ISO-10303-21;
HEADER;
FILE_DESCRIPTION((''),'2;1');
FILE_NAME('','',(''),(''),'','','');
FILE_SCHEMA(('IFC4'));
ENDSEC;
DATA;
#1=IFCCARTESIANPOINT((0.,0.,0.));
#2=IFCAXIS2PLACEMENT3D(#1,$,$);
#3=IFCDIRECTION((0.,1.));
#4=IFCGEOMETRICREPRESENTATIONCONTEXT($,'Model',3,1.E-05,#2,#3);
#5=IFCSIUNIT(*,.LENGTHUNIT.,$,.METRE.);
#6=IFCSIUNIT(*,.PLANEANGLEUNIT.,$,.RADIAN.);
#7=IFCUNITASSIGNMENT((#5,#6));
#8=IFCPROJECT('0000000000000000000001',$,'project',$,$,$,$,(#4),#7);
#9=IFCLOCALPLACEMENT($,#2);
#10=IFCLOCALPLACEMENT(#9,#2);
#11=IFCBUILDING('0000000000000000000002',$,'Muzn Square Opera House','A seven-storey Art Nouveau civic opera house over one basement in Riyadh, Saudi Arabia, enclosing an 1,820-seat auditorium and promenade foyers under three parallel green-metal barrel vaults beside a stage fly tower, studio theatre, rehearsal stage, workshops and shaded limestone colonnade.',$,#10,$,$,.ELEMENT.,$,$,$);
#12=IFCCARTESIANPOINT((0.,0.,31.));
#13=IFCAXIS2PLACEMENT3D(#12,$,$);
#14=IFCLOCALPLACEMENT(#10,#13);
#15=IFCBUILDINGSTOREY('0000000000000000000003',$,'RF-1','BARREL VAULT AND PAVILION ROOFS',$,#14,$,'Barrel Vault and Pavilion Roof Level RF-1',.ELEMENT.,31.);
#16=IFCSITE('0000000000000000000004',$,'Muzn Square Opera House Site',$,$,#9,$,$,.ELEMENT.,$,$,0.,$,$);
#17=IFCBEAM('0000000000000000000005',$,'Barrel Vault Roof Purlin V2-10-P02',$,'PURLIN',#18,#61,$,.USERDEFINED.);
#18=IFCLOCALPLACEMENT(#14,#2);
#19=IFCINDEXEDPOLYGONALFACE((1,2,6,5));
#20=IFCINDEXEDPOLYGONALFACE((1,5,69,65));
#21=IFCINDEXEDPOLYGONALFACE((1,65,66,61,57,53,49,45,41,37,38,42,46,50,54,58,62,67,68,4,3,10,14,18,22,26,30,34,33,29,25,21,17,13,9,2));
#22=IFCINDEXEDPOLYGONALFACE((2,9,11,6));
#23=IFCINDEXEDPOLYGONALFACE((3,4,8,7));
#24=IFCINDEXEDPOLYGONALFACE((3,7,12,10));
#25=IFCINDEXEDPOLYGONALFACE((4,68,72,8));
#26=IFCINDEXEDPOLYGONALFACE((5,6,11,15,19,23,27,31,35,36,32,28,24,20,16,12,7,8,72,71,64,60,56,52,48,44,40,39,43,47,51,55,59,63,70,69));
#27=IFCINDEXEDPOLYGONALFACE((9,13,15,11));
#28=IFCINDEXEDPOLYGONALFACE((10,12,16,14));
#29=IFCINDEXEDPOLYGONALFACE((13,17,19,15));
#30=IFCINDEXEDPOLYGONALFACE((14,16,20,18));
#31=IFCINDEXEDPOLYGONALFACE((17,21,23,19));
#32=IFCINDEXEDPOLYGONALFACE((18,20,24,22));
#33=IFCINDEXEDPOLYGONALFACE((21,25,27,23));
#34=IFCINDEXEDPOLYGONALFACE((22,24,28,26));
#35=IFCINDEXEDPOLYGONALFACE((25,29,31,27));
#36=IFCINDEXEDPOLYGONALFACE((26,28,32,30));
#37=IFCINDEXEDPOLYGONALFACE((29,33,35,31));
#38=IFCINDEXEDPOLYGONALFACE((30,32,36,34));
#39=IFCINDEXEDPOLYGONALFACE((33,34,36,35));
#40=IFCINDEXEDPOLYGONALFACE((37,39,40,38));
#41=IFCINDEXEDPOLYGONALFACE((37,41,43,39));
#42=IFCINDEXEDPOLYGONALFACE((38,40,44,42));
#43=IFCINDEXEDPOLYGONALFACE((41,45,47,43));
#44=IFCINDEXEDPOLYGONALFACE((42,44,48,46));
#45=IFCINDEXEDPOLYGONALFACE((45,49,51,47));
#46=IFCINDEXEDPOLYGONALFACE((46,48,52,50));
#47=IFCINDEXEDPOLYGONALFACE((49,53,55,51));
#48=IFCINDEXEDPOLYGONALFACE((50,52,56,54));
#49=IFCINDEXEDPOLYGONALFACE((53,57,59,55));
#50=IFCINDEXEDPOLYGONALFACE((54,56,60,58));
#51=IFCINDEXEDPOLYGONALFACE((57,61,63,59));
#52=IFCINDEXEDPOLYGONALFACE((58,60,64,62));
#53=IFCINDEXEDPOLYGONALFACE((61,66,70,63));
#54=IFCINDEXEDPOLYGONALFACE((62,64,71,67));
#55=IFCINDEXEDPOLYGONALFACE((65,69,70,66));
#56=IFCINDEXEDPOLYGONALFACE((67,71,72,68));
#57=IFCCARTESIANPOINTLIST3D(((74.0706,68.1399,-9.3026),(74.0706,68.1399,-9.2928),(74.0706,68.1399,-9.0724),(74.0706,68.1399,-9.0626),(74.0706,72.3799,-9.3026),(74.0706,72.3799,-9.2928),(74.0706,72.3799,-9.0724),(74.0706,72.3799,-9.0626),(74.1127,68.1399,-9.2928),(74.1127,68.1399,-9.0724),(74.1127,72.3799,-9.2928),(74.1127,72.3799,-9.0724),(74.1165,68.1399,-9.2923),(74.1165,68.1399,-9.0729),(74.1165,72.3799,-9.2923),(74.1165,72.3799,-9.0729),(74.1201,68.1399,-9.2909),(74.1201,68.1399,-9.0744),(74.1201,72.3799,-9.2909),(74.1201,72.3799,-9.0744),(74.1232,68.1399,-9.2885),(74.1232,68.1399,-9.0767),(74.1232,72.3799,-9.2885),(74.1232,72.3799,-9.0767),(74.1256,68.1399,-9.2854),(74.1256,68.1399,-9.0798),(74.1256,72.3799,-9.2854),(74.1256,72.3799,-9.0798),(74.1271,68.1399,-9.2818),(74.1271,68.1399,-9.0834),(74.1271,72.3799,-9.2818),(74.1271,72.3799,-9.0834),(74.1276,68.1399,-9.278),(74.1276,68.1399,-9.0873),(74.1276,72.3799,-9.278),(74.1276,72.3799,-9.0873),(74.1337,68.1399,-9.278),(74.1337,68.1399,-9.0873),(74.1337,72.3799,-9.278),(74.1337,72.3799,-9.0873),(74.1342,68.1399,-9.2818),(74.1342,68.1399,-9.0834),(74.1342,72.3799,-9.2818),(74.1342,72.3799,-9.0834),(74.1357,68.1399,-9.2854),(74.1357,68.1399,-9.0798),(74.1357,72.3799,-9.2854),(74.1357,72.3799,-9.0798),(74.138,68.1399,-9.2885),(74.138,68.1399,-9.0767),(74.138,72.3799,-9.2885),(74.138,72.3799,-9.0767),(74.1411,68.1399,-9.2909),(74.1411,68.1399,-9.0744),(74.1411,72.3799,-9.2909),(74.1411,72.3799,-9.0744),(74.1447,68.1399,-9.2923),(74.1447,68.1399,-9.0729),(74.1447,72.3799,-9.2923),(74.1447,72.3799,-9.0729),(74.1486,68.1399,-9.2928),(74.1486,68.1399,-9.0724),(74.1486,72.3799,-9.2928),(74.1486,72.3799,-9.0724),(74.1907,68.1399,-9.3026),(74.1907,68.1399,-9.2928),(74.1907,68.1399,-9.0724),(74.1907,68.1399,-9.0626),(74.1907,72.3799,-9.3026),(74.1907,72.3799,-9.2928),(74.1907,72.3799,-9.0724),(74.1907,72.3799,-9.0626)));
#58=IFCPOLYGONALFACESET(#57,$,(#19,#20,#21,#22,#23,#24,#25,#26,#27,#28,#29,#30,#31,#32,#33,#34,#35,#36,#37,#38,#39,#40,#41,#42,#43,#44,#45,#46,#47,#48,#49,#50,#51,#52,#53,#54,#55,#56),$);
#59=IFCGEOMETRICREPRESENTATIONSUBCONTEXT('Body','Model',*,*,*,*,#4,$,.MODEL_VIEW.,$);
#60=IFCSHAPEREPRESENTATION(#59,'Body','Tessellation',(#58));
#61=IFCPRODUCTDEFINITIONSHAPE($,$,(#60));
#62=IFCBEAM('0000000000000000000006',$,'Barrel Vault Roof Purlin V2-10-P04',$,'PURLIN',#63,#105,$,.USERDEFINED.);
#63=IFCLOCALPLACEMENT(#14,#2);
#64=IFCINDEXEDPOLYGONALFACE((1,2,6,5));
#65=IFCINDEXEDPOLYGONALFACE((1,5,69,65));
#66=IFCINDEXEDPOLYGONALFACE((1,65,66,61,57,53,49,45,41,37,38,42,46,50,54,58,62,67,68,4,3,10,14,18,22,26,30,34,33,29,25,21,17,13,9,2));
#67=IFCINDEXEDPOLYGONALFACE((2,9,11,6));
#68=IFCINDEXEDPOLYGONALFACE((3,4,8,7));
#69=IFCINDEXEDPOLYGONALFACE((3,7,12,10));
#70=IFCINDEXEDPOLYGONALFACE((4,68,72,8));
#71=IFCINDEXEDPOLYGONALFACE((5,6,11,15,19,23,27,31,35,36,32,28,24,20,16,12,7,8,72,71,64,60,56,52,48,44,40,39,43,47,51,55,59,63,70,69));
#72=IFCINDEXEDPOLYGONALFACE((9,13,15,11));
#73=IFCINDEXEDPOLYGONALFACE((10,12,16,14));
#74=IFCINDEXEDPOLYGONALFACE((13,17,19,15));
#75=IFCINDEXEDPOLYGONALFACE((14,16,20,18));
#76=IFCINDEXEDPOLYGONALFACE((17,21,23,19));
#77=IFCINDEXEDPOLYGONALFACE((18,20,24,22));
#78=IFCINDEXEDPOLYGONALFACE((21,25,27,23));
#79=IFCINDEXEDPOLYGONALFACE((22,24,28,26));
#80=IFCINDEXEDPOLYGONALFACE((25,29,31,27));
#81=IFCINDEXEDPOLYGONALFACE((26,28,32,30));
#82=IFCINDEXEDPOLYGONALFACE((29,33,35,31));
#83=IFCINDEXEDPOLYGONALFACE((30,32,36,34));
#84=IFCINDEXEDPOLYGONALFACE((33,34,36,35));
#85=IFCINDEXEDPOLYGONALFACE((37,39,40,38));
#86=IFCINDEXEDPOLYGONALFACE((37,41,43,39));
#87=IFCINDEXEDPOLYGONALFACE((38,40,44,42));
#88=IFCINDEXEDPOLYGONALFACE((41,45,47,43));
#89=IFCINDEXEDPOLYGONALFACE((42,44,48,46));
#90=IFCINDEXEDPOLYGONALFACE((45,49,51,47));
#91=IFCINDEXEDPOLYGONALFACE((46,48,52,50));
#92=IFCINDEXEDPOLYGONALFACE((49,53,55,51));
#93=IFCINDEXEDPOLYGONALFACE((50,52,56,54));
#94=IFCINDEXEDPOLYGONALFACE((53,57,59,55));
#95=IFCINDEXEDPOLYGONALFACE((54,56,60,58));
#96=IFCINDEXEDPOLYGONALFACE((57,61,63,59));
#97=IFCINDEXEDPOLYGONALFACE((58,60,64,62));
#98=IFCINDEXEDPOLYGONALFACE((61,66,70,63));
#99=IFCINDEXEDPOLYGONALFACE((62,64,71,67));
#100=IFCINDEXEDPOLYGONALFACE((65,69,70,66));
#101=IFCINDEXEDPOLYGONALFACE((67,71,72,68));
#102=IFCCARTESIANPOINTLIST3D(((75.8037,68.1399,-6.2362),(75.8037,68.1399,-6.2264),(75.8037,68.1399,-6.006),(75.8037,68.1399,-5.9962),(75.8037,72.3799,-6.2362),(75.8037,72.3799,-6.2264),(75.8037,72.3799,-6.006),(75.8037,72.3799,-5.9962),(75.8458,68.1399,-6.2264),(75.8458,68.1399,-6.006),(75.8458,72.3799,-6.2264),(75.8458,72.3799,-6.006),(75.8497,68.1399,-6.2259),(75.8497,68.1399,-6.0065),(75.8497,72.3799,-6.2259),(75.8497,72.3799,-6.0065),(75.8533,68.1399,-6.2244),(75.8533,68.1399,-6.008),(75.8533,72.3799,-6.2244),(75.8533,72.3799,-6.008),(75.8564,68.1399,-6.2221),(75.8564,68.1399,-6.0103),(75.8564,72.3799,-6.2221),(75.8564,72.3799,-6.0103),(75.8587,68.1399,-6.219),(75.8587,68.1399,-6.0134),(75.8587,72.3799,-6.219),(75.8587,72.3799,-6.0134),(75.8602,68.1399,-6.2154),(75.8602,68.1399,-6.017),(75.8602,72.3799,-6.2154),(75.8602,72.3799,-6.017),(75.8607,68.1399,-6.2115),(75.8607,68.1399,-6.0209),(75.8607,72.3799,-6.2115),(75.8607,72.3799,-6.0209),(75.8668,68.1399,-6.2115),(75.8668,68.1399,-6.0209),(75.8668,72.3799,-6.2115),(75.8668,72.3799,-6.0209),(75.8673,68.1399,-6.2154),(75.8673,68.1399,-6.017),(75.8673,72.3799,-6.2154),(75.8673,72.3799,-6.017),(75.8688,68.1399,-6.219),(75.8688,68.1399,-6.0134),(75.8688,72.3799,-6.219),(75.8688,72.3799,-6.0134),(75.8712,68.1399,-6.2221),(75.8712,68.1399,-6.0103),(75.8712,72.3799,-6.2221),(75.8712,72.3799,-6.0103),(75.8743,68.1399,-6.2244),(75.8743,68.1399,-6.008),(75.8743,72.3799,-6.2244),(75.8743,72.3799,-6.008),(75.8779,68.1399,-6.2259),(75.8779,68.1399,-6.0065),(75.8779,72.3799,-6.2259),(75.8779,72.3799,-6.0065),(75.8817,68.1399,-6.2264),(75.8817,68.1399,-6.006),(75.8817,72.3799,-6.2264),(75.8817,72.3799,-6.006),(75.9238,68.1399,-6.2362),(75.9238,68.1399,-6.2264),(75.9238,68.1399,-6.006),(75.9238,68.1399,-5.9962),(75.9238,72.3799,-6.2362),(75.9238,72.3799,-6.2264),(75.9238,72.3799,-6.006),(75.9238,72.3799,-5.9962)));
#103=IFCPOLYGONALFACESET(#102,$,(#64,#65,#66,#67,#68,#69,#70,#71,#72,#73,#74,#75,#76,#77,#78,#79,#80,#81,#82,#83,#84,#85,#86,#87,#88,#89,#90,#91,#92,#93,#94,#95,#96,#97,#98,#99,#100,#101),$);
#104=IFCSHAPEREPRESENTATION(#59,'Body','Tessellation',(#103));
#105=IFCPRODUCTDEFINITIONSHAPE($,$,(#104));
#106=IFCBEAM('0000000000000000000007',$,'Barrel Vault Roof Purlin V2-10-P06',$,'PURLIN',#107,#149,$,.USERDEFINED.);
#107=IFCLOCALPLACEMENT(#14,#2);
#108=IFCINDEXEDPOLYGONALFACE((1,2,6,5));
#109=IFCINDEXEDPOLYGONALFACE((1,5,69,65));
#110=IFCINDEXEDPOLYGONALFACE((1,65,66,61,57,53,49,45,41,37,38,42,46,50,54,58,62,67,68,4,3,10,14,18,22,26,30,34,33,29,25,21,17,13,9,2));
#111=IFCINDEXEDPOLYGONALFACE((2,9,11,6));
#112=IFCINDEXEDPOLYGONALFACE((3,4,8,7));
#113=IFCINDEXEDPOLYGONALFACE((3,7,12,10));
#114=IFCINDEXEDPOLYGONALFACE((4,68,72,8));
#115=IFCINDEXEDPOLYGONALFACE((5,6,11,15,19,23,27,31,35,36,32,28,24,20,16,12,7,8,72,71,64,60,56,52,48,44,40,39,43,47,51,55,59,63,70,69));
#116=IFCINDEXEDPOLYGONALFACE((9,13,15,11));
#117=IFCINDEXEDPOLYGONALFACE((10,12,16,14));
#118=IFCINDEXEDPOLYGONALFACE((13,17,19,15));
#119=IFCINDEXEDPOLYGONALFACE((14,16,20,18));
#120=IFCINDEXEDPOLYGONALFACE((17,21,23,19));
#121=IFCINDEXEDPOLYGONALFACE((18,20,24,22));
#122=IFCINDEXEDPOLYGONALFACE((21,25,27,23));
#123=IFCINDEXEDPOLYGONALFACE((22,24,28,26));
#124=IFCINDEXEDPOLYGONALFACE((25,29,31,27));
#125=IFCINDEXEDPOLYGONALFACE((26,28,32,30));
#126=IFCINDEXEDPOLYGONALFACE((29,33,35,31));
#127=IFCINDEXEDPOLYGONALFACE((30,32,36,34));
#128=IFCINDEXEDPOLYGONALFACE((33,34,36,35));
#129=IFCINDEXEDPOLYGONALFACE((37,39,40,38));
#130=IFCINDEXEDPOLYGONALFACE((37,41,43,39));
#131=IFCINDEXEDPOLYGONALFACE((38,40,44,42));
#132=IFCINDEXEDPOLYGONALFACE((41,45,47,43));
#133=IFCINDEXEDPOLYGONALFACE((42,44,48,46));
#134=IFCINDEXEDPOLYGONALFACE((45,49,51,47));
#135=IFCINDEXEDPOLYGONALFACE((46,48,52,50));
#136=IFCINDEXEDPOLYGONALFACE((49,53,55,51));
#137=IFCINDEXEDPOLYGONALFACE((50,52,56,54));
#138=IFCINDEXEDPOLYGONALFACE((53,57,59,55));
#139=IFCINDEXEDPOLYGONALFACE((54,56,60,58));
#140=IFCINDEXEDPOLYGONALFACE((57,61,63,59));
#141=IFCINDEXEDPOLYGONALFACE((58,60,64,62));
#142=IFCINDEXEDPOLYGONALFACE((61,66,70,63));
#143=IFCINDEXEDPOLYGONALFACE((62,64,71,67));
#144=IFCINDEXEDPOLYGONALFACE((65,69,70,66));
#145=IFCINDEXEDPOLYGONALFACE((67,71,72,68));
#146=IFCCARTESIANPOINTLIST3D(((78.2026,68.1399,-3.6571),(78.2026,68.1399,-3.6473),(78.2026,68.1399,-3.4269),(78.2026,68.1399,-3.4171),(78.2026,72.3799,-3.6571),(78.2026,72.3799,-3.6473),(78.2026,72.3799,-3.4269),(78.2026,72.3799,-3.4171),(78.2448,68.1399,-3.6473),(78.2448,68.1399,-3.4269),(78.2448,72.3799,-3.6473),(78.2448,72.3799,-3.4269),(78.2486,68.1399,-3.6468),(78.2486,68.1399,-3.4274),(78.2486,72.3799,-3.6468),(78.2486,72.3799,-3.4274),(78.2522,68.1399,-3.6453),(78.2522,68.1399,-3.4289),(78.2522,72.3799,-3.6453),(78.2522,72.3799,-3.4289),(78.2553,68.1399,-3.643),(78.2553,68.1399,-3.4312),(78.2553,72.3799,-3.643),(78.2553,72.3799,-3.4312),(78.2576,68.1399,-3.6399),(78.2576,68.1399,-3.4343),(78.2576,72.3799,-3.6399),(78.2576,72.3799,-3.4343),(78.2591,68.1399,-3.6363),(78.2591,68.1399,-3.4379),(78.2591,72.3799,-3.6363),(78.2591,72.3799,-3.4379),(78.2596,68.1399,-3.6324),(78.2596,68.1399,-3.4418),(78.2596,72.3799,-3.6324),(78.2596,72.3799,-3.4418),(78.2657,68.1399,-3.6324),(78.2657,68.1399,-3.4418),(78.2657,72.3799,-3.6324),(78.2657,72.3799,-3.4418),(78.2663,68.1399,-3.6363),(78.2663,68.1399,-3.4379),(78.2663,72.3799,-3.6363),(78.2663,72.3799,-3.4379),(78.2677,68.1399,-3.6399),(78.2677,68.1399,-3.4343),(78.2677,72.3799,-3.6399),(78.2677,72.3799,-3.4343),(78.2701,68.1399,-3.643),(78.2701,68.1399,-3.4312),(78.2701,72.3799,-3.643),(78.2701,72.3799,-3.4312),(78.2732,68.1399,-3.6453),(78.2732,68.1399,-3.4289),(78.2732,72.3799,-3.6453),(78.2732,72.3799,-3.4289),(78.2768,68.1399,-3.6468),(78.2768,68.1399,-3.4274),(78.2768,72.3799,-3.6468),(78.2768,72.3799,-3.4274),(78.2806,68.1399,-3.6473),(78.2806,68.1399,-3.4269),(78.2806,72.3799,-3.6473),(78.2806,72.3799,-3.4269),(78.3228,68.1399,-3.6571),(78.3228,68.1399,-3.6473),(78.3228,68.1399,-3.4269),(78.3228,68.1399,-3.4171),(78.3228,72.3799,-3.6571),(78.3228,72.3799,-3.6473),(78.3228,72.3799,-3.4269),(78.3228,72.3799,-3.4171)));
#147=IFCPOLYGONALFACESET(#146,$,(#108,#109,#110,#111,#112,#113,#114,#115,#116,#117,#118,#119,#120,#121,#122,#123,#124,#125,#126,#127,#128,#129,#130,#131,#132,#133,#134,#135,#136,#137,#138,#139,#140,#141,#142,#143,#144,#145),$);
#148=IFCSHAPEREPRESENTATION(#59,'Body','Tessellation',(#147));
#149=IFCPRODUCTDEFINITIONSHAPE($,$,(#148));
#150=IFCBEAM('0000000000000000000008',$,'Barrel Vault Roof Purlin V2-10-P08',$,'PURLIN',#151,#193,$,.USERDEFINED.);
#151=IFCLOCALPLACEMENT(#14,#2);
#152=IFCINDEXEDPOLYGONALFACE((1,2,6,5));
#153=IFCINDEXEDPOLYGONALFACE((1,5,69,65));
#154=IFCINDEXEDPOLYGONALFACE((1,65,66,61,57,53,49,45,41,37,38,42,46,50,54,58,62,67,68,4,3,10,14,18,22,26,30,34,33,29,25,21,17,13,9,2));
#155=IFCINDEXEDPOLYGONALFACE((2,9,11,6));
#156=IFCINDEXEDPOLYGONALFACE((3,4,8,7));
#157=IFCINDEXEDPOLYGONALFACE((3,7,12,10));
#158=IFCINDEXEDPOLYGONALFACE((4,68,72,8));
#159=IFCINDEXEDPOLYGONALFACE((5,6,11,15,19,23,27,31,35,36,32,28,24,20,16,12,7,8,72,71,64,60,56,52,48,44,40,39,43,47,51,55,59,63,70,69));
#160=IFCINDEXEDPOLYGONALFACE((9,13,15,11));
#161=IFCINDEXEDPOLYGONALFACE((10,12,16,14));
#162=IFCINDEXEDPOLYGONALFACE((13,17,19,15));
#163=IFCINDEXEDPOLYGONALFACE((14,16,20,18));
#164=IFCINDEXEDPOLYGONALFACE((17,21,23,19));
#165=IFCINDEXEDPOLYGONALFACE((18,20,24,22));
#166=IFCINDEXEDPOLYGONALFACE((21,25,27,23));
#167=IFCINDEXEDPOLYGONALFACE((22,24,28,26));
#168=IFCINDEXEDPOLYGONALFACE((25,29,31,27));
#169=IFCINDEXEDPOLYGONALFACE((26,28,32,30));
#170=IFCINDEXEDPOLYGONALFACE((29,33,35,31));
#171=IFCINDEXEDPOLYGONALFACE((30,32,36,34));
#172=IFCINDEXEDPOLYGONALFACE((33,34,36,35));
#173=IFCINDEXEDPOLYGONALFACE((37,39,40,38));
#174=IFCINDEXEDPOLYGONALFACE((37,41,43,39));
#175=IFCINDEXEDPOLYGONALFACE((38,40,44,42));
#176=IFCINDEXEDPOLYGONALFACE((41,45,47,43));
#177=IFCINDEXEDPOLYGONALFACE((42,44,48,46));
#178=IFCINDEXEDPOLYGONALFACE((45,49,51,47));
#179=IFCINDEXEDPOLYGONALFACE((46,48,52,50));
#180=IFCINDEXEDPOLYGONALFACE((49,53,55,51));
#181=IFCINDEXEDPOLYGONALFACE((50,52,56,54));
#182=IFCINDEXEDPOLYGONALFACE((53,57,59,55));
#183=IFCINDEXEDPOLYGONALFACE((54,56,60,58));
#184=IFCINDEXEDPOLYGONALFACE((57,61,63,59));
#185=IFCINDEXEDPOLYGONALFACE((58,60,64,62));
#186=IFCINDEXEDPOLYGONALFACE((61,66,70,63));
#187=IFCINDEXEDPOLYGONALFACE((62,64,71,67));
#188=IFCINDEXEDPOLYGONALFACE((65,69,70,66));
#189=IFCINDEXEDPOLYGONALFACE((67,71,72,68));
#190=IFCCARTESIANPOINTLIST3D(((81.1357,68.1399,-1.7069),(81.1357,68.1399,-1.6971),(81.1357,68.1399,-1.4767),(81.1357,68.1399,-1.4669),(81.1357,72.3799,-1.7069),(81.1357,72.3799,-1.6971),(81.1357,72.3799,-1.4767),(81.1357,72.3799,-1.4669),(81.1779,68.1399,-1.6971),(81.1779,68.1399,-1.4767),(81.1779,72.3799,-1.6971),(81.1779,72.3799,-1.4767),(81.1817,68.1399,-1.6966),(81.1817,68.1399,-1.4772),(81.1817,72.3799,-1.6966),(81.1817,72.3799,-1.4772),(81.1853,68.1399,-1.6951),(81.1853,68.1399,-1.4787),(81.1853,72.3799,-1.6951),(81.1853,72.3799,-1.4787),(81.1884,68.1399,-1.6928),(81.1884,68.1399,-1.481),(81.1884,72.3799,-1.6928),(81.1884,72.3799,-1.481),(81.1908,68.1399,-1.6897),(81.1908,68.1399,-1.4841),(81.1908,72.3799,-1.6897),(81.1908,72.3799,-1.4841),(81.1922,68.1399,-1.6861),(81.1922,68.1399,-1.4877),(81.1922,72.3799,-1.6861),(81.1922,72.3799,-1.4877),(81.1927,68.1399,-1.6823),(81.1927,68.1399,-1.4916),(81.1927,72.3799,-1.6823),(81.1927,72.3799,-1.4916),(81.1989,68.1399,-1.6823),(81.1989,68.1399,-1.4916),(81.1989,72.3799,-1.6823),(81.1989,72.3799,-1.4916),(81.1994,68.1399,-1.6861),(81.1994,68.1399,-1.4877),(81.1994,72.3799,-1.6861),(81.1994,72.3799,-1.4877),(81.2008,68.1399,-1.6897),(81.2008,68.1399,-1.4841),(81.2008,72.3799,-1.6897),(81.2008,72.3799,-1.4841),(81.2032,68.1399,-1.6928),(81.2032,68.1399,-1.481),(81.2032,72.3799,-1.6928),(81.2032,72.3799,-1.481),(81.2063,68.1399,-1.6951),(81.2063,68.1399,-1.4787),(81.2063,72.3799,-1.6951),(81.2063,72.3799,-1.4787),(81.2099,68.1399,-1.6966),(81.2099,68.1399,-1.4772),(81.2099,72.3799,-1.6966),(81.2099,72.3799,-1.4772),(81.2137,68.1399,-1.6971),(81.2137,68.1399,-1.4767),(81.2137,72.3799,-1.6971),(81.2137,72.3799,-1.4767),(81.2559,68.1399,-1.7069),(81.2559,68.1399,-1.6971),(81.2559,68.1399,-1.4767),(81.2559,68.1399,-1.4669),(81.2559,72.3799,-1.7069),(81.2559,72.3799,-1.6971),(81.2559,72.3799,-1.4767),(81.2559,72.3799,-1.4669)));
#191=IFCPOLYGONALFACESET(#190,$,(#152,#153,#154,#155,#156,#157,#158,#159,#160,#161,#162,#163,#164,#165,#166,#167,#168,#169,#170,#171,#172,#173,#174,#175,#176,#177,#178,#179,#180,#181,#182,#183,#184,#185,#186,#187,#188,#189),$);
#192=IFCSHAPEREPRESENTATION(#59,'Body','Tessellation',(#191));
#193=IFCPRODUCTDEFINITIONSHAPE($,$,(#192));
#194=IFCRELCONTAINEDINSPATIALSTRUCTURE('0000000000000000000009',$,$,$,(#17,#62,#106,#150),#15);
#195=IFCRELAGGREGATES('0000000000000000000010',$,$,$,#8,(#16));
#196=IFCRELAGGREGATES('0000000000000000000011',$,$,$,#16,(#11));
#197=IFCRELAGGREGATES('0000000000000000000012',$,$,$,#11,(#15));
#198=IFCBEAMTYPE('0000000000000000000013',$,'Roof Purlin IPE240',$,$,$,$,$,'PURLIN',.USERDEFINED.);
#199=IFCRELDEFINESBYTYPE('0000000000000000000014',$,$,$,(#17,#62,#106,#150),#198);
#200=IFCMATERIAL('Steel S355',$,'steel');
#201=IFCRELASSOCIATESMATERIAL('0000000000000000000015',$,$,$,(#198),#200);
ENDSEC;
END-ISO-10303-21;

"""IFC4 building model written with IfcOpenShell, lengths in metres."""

from ifc_helpers import new_model, si_unit, direction, frame, origin, origin_2d, place, context, subcontext, project, spatial, i_section, extrude, material, material_profile, profile_set, type_object, element, save


model = new_model("IFC4")

# Units and contexts
model_context = context("Model", 3, precision=1e-05, world=origin(), true_north=direction((0.0, 1.0)))
body_context = subcontext(model_context, "Body", "Model", "MODEL_VIEW")
ifc_project = project(units=[si_unit("LENGTHUNIT", "METRE"), si_unit("PLANEANGLEUNIT", "RADIAN")], contexts=[model_context])

# Site, building, storey
site_placement = place(None, origin())
site = spatial("IfcSite", under=ifc_project, at=site_placement, Name="Muzn Square Opera House Site", CompositionType="ELEMENT", RefElevation=0.0)
building_placement = place(site_placement, origin())
building = spatial("IfcBuilding", under=site, at=building_placement, Name="Muzn Square Opera House", Description="A seven-storey Art Nouveau civic opera house over one basement in Riyadh, Saudi Arabia, enclosing an 1,820-seat auditorium and promenade foyers under three parallel green-metal barrel vaults beside a stage fly tower, studio theatre, rehearsal stage, workshops and shaded limestone colonnade.", CompositionType="ELEMENT")
storey_placement = place(building_placement, frame((0.0, 0.0, 31.0)))
storey = spatial("IfcBuildingStorey", under=building, at=storey_placement, Name="RF-1", Description="BARREL VAULT AND PAVILION ROOFS", LongName="Barrel Vault and Pavilion Roof Level RF-1", CompositionType="ELEMENT", Elevation=31.0)

# Beams
ifc_material_1 = material(Name="Steel S355", Category="steel")
ifc_material_profile_1 = material_profile(ifc_material_1, i_section(OverallWidth=0.1201, OverallDepth=0.24, WebThickness=0.0061, FlangeThickness=0.0098, FilletRadius=0.0149, at=origin_2d()), Name="IPE 240", Category="steel")
ifc_profile_set_1 = profile_set([ifc_material_profile_1], Name="Steel S355")
beam_type_1 = type_object("IfcBeamType", Name="Roof Purlin IPE240", ElementType="PURLIN", PredefinedType="USERDEFINED", material=ifc_profile_set_1)
for number, where, z_axis, x_axis, name in (
    (1, (74.1306, 68.1399, -9.1826), (0.0, 1.0, 0.0), (-1.0, 0.0, 0.0), "Barrel Vault Roof Purlin V2-10-P02"),
    (2, (75.8638, 68.1399, -6.1162), (0.0, 1.0, 0.0), (-1.0, 0.0, 0.0), "Barrel Vault Roof Purlin V2-10-P04"),
    (3, (78.2627, 68.1399, -3.5371), (0.0, 1.0, 0.0), (-1.0, 0.0, 0.0), "Barrel Vault Roof Purlin V2-10-P06"),
    (4, (81.1958, 68.1399, -1.5869), (0.0, 1.0, 0.0), (-1.0, 0.0, 0.0), "Barrel Vault Roof Purlin V2-10-P08"),
):
    element("IfcBeam", number, at=place(storey_placement, frame(where, z_axis=z_axis, x_axis=x_axis)), inside=storey, type_object=beam_type_1, Name=name, ObjectType="PURLIN", PredefinedType="USERDEFINED", context=body_context, shape_type="SweptSolid", body=[
        extrude(i_section(OverallWidth=0.1201, OverallDepth=0.24, WebThickness=0.0061, FlangeThickness=0.0098, FilletRadius=0.0149, at=origin_2d()), origin(), (0.0, 0.0, 1.0), 4.24),
    ])

save(model, "model.ifc")
